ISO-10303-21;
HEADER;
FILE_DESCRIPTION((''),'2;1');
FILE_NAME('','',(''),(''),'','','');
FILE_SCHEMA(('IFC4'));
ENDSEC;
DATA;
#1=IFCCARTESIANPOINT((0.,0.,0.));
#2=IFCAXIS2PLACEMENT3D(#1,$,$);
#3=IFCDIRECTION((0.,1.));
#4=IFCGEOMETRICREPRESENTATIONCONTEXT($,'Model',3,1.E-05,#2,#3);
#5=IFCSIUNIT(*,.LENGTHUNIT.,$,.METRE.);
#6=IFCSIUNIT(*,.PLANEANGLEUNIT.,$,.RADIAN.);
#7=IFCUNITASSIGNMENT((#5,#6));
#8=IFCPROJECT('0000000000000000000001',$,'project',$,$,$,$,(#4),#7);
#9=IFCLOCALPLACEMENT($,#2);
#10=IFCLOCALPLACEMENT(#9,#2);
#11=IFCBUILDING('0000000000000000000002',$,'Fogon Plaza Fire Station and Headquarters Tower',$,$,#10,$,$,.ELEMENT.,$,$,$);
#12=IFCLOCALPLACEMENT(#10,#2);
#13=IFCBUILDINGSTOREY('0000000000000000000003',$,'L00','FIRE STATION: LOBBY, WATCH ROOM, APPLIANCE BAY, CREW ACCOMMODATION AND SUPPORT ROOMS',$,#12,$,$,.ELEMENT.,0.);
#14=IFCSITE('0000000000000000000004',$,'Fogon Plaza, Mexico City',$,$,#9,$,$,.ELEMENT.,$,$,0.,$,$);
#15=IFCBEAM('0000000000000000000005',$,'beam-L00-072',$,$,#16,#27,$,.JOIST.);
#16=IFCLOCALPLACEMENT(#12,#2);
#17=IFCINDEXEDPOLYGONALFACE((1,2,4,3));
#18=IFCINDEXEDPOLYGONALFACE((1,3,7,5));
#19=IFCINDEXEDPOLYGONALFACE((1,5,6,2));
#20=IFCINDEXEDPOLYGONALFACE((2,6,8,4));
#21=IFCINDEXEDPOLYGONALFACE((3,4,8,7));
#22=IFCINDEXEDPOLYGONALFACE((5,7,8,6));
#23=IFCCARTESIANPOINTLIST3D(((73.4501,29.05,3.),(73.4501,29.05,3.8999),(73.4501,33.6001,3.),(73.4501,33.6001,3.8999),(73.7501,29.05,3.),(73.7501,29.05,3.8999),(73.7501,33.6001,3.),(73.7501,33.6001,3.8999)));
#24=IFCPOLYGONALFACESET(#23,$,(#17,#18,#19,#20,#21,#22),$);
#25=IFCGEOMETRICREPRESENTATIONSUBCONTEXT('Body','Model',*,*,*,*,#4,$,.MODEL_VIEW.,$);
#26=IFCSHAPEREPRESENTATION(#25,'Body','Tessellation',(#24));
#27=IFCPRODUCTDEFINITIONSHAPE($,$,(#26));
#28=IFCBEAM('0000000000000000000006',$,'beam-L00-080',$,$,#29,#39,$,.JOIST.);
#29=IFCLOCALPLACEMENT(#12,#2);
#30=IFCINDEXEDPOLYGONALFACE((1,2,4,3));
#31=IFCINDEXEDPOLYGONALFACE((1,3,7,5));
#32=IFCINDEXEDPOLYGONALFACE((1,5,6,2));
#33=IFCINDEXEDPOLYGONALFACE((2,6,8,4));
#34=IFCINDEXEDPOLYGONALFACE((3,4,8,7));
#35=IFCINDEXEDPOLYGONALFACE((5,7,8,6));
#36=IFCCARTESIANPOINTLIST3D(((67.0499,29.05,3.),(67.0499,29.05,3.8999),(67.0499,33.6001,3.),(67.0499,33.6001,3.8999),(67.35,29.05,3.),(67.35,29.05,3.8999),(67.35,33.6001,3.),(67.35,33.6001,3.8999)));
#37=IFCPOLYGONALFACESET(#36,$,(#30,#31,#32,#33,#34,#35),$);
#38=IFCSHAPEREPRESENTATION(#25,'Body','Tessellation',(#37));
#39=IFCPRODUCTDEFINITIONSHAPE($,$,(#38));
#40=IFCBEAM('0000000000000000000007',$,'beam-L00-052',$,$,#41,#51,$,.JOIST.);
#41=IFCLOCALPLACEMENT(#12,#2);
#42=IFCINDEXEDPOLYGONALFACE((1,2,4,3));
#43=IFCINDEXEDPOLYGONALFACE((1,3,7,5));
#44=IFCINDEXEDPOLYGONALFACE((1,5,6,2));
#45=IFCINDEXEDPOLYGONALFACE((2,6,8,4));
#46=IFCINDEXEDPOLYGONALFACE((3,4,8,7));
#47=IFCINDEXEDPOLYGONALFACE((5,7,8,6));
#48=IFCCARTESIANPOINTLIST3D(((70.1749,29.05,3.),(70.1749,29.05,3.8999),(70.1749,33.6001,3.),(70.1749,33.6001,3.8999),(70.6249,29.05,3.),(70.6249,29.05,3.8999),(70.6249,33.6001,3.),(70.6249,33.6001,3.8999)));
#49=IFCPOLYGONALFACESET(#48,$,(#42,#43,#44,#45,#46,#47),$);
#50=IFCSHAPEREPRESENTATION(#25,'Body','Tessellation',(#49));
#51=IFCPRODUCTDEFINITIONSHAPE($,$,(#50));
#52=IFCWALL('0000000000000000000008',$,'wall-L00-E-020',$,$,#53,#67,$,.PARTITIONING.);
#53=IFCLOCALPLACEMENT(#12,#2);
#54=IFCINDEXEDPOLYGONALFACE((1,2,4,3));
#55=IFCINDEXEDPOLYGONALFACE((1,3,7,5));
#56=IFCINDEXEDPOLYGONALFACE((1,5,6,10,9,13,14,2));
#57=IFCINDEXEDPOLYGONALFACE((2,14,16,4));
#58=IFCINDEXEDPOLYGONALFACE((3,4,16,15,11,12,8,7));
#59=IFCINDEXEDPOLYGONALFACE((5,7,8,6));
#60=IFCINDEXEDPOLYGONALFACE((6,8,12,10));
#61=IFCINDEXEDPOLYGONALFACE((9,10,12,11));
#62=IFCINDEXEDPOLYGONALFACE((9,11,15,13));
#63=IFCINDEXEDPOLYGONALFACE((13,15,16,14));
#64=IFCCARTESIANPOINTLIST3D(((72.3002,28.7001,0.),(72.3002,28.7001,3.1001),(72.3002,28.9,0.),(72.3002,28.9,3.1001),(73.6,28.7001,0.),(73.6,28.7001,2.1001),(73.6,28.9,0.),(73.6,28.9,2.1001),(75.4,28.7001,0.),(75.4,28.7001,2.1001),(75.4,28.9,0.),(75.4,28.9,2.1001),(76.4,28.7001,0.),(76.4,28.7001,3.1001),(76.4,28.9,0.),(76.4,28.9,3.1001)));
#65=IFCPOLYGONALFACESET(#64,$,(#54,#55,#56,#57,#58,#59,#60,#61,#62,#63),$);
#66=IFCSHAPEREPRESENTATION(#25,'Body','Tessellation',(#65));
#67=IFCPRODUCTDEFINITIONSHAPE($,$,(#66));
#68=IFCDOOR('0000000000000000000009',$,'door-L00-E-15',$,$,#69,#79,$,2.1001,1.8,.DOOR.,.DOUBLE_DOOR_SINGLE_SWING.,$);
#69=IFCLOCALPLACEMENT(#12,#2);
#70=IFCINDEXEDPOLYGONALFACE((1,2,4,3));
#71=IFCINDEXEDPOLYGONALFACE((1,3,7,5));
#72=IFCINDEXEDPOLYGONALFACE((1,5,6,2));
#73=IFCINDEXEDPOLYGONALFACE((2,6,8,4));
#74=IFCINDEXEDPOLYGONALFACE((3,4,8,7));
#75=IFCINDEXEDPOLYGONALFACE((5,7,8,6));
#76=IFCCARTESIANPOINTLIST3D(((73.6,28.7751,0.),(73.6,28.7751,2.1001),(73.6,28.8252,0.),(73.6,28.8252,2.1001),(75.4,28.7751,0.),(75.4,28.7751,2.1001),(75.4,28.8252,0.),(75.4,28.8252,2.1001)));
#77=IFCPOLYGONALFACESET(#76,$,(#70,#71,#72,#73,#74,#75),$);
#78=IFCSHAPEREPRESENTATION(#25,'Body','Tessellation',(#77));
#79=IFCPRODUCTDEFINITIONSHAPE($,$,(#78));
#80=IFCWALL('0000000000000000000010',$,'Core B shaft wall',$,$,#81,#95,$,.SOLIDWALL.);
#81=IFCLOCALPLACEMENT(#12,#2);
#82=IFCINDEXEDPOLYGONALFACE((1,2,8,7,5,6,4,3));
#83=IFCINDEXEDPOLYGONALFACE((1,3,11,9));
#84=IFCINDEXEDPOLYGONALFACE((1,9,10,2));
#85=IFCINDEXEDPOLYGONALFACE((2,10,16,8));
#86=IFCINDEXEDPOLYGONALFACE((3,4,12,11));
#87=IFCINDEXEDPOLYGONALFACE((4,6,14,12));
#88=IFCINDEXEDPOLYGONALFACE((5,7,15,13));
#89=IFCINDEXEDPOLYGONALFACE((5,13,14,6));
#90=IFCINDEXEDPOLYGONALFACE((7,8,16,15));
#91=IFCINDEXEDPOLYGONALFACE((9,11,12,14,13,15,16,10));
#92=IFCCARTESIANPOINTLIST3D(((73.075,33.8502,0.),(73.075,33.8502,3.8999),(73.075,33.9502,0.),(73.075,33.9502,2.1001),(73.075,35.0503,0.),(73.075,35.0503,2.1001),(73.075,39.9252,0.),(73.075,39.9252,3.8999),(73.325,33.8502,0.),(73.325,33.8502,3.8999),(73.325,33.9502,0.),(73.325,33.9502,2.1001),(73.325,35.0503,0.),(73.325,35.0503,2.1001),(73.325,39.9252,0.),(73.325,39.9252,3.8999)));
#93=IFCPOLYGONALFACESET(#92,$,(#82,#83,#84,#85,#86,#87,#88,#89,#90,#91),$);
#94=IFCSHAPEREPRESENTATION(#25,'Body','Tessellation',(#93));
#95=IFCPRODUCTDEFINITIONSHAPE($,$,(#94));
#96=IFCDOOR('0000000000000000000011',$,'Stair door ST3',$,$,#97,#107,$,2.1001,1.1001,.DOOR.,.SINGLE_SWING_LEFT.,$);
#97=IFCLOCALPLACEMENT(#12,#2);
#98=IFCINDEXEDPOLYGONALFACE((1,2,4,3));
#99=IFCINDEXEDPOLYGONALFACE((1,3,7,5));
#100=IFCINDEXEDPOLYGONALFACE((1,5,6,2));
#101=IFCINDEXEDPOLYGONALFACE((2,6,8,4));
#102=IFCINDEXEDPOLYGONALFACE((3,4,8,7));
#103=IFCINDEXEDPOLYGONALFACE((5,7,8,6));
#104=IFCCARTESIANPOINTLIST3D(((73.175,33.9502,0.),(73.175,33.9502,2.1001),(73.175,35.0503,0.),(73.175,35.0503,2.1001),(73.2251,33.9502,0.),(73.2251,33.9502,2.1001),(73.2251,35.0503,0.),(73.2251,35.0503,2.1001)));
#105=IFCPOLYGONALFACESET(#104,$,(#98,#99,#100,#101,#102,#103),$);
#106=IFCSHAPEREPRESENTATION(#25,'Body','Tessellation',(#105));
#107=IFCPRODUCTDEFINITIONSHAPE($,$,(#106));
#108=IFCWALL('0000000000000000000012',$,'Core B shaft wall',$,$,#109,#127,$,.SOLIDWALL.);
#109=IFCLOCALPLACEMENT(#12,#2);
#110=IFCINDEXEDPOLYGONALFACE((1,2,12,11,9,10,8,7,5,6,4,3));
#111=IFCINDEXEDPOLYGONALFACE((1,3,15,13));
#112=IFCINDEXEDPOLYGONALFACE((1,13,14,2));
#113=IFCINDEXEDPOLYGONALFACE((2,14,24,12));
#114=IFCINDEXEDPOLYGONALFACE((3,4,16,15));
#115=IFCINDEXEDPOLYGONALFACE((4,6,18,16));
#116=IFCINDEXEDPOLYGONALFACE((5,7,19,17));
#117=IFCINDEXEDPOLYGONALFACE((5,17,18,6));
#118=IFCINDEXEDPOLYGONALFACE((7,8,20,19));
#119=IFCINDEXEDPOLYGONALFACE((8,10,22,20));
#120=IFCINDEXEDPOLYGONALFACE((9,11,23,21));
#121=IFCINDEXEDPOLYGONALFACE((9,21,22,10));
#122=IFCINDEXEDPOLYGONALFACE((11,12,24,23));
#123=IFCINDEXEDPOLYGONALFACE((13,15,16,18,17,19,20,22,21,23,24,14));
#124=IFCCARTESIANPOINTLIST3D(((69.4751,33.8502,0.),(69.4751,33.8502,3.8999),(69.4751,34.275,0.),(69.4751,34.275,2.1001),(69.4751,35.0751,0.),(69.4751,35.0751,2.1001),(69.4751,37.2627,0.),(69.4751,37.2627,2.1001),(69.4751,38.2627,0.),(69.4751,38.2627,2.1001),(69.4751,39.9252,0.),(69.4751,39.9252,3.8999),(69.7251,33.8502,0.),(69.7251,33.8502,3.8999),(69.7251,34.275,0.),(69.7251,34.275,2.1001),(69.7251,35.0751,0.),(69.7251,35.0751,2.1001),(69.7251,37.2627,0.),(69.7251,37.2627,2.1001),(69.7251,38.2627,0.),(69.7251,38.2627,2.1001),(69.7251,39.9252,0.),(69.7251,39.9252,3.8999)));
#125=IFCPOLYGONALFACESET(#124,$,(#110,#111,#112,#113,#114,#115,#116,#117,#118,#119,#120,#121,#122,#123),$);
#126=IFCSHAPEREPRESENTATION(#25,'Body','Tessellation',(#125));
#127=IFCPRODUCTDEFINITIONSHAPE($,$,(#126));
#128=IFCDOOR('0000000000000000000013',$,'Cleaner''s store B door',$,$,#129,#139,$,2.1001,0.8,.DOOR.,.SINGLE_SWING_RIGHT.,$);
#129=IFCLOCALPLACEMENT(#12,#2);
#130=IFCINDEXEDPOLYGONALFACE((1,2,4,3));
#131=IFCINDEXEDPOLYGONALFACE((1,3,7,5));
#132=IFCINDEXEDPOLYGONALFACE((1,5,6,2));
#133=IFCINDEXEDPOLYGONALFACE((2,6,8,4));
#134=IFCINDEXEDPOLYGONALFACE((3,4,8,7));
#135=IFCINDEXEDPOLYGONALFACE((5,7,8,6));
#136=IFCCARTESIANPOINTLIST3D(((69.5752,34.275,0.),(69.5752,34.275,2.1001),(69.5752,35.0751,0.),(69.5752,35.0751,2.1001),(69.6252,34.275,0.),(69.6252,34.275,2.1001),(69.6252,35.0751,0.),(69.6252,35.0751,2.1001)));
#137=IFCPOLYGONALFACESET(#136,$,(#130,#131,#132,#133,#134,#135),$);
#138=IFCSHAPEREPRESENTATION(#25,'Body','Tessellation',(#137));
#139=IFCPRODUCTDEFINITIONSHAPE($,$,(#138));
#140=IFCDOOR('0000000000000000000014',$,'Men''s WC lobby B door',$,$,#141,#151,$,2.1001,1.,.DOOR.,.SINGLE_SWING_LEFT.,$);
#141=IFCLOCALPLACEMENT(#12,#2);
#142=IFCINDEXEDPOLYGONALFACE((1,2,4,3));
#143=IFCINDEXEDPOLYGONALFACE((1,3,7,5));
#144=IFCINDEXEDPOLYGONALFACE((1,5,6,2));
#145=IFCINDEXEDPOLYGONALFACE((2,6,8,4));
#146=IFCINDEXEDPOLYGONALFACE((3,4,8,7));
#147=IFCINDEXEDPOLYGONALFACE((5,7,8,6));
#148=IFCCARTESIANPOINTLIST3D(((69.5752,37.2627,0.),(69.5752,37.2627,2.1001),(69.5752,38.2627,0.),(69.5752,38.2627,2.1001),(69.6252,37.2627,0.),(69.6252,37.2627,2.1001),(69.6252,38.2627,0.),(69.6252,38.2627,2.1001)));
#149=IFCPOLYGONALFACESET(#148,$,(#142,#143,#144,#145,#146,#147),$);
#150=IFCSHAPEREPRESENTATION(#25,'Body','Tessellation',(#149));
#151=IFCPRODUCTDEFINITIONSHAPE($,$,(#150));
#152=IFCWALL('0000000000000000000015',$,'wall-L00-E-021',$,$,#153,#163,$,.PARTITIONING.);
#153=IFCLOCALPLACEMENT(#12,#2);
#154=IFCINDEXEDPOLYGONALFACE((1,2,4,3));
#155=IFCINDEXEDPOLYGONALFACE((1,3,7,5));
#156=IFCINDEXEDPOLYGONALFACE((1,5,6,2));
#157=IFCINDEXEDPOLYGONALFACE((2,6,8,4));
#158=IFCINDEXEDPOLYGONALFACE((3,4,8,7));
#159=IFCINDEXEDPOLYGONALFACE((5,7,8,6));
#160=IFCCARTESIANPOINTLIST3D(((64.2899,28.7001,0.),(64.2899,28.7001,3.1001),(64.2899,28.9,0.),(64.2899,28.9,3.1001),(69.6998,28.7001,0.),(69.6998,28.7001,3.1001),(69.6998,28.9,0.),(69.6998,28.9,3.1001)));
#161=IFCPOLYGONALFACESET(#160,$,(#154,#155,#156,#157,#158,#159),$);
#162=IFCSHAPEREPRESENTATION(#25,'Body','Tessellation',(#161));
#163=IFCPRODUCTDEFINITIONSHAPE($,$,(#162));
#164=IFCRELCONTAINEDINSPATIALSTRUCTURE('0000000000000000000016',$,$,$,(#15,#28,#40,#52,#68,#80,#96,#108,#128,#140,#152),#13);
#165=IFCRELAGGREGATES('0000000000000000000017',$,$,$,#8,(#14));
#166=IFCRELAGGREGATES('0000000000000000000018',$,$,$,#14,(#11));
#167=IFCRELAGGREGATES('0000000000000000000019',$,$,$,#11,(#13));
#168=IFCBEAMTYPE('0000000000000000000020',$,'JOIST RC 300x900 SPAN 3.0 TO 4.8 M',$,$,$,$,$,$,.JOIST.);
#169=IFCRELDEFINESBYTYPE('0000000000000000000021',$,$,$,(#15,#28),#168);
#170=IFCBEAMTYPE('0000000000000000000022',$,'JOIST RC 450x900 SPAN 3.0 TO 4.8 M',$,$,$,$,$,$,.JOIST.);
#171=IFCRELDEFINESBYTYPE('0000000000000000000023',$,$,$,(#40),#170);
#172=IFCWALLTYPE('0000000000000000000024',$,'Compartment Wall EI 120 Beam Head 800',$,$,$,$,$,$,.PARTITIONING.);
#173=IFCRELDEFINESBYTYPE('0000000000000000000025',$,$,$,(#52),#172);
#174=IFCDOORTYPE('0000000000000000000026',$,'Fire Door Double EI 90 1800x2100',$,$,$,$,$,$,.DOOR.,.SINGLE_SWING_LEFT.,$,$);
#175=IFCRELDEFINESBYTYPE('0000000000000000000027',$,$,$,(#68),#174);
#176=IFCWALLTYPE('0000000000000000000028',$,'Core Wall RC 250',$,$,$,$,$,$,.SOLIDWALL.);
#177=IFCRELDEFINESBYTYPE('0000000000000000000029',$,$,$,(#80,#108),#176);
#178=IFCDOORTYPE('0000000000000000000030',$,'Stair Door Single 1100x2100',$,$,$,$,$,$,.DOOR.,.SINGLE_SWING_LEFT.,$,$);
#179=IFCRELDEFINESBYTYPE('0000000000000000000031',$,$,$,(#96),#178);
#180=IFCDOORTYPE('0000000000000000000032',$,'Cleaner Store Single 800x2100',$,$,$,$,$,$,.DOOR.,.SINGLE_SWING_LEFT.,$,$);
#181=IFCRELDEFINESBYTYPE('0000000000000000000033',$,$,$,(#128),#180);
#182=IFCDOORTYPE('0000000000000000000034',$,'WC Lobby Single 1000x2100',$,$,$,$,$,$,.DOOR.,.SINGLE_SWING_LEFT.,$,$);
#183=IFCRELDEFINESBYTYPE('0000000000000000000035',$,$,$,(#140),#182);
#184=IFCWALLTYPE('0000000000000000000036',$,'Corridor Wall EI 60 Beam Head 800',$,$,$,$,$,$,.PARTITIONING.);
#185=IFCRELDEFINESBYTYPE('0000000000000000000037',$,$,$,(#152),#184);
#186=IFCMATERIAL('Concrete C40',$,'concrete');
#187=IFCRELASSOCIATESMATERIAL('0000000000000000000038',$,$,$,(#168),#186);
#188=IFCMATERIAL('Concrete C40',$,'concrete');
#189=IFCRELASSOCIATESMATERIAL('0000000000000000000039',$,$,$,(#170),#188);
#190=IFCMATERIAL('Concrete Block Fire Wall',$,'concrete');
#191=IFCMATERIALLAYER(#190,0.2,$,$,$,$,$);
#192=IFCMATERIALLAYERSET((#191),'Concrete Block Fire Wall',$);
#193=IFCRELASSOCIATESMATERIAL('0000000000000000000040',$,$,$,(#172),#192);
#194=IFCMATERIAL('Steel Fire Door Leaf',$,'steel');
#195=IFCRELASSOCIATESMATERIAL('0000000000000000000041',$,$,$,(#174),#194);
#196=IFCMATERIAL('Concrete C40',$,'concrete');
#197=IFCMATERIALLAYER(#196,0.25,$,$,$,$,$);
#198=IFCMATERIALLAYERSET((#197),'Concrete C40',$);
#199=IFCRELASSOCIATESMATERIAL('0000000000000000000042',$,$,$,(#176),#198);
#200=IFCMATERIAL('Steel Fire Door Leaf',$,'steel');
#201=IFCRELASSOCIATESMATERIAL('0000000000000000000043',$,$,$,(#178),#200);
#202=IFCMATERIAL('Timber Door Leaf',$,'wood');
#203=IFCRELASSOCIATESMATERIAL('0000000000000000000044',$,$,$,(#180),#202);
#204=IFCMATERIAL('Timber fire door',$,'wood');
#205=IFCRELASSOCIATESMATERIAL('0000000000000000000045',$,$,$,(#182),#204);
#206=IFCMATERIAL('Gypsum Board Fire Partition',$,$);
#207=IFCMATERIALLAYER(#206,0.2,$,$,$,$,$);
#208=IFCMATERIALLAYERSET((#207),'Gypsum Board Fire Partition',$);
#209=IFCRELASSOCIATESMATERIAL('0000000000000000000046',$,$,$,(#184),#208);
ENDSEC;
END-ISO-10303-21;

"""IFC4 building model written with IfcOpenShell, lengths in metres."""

from ifc_helpers import new_model, si_unit, direction, frame, frame_2d, origin, origin_2d, place, context, subcontext, project, spatial, rectangle, extrude, material, layer, layer_set, material_profile, profile_set, type_object, element, fill, save


model = new_model("IFC4")

# Units and contexts
model_context = context("Model", 3, precision=1e-05, world=origin(), true_north=direction((0.0, 1.0)))
body_context = subcontext(model_context, "Body", "Model", "MODEL_VIEW")
ifc_project = project(units=[si_unit("LENGTHUNIT", "METRE"), si_unit("PLANEANGLEUNIT", "RADIAN")], contexts=[model_context])

# Site, building, storey
site_placement = place(None, origin())
site = spatial("IfcSite", under=ifc_project, at=site_placement, Name="Fogon Plaza, Mexico City", CompositionType="ELEMENT", RefElevation=0.0)
building_placement = place(site_placement, origin())
building = spatial("IfcBuilding", under=site, at=building_placement, Name="Fogon Plaza Fire Station and Headquarters Tower", CompositionType="ELEMENT")
storey_placement = place(building_placement, origin())
storey = spatial("IfcBuildingStorey", under=building, at=storey_placement, Name="L00", Description="FIRE STATION: LOBBY, WATCH ROOM, APPLIANCE BAY, CREW ACCOMMODATION AND SUPPORT ROOMS", CompositionType="ELEMENT", Elevation=0.0)

# Beams
ifc_material_1 = material(Name="Concrete C40", Category="concrete")
ifc_material_profile_1 = material_profile(ifc_material_1, rectangle(XDim=0.3, YDim=0.8999, at=origin_2d()), Name="RC 300x900")
ifc_profile_set_1 = profile_set([ifc_material_profile_1], Name="Concrete C40")
beam_type_1 = type_object("IfcBeamType", Name="JOIST RC 300x900 SPAN 3.0 TO 4.8 M", PredefinedType="JOIST", material=ifc_profile_set_1)
for number, where, z_axis, x_axis, name in (
    (1, (73.6001, 29.05, 3.45), (0.0, 1.0, 0.0), (-1.0, 0.0, 0.0), "beam-L00-072"),
    (2, (67.2, 29.05, 3.45), (0.0, 1.0, 0.0), (-1.0, 0.0, 0.0), "beam-L00-080"),
):
    element("IfcBeam", number, at=place(storey_placement, frame(where, z_axis=z_axis, x_axis=x_axis)), inside=storey, type_object=beam_type_1, Name=name, PredefinedType="JOIST", context=body_context, shape_type="SweptSolid", body=[
        extrude(rectangle(XDim=0.3, YDim=0.8999, at=origin_2d()), origin(), (0.0, 0.0, 1.0), 4.55),
    ])
ifc_material_2 = material(Name="Concrete C40", Category="concrete")
ifc_material_profile_2 = material_profile(ifc_material_2, rectangle(XDim=0.45, YDim=0.8999, at=origin_2d()), Name="RC 450x900")
ifc_profile_set_2 = profile_set([ifc_material_profile_2], Name="Concrete C40")
beam_type_2 = type_object("IfcBeamType", Name="JOIST RC 450x900 SPAN 3.0 TO 4.8 M", PredefinedType="JOIST", material=ifc_profile_set_2)
beam_placement = place(storey_placement, frame((70.3999, 29.05, 3.45), z_axis=(0.0, 1.0, 0.0), x_axis=(-1.0, 0.0, 0.0)))
element("IfcBeam", 3, at=beam_placement, inside=storey, type_object=beam_type_2, Name="beam-L00-052", PredefinedType="JOIST", context=body_context, shape_type="SweptSolid", body=[
    extrude(rectangle(XDim=0.45, YDim=0.8999, at=origin_2d()), origin(), (0.0, 0.0, 1.0), 4.55),
])

# Walls, openings, doors
ifc_material_3 = material(Name="Concrete Block Fire Wall", Category="concrete")
ifc_layer_1 = layer(ifc_material_3, 0.2)
ifc_layer_set_1 = layer_set([ifc_layer_1], Name="Concrete Block Fire Wall")
wall_type_1 = type_object("IfcWallType", Name="Compartment Wall EI 120 Beam Head 800", PredefinedType="PARTITIONING", material=ifc_layer_set_1)
wall_1_placement = place(storey_placement, frame((76.3999, 28.8, 0.0), z_axis=(0.0, 0.0, 1.0), x_axis=(-1.0, 0.0, 0.0)))
wall_1 = element("IfcWall", 4, at=wall_1_placement, inside=storey, type_object=wall_type_1, Name="wall-L00-E-020", PredefinedType="PARTITIONING", context=body_context, shape_type="SweptSolid", body=[
    extrude(rectangle(XDim=4.0999, YDim=0.2, at=frame_2d((2.0498, 0.0))), origin(), (0.0, 0.0, 1.0), 3.1001),
])
opening_1_placement = place(wall_1_placement, frame((1.0, 0.0, 0.0)))
opening_1 = element("IfcOpeningElement", 5, at=opening_1_placement, cuts=wall_1, PredefinedType="OPENING", context=body_context, shape_type="SweptSolid", body=[
    extrude(rectangle(XDim=1.8, YDim=2.1001, at=frame_2d((0.8999, 1.05))), frame((0.0, 0.1099, 0.0), z_axis=(0.0, -1.0, 0.0), x_axis=(1.0, 0.0, 0.0)), (0.0, 0.0, 1.0), 0.22),
])
ifc_material_4 = material(Name="Steel Fire Door Leaf", Category="steel")
door_type_1 = type_object("IfcDoorType", Name="Fire Door Double EI 90 1800x2100", OperationType="SINGLE_SWING_LEFT", PredefinedType="DOOR", material=ifc_material_4)
door_1_placement = place(opening_1_placement, origin())
door_1 = element("IfcDoor", 6, at=door_1_placement, inside=storey, type_object=door_type_1, Name="door-L00-E-15", OperationType="DOUBLE_DOOR_SINGLE_SWING", OverallHeight=2.1001, OverallWidth=1.8, PredefinedType="DOOR", context=body_context, shape_type="SweptSolid", body=[
    extrude(rectangle(XDim=1.8, YDim=2.1001, at=frame_2d((0.8999, 1.05))), frame((0.0, 0.0249, 0.0), z_axis=(0.0, -1.0, 0.0), x_axis=(1.0, 0.0, 0.0)), (0.0, 0.0, 1.0), 0.05),
])
fill(opening_1, door_1)
ifc_material_5 = material(Name="Concrete C40", Category="concrete")
ifc_layer_2 = layer(ifc_material_5, 0.25)
ifc_layer_set_2 = layer_set([ifc_layer_2], Name="Concrete C40")
wall_type_2 = type_object("IfcWallType", Name="Core Wall RC 250", PredefinedType="SOLIDWALL", material=ifc_layer_set_2)
wall_2_placement = place(storey_placement, frame((73.2, 33.8501, 0.0), z_axis=(0.0, 0.0, 1.0), x_axis=(0.0, 1.0, 0.0)))
wall_2 = element("IfcWall", 7, at=wall_2_placement, inside=storey, type_object=wall_type_2, Name="Core B shaft wall", PredefinedType="SOLIDWALL", context=body_context, shape_type="SweptSolid", body=[
    extrude(rectangle(XDim=6.075, YDim=0.25, at=frame_2d((3.0376, 0.0))), origin(), (0.0, 0.0, 1.0), 3.8999),
])
opening_2_placement = place(wall_2_placement, frame((0.1001, 0.0, 0.0)))
opening_2 = element("IfcOpeningElement", 8, at=opening_2_placement, cuts=wall_2, PredefinedType="OPENING", context=body_context, shape_type="SweptSolid", body=[
    extrude(rectangle(XDim=1.1001, YDim=2.1001, at=frame_2d((0.55, 1.05))), frame((0.0, 0.135, 0.0), z_axis=(0.0, -1.0, 0.0), x_axis=(1.0, 0.0, 0.0)), (0.0, 0.0, 1.0), 0.27),
])
ifc_material_6 = material(Name="Steel Fire Door Leaf", Category="steel")
door_type_2 = type_object("IfcDoorType", Name="Stair Door Single 1100x2100", OperationType="SINGLE_SWING_LEFT", PredefinedType="DOOR", material=ifc_material_6)
door_2_placement = place(opening_2_placement, origin())
door_2 = element("IfcDoor", 9, at=door_2_placement, inside=storey, type_object=door_type_2, Name="Stair door ST3", OperationType="SINGLE_SWING_LEFT", OverallHeight=2.1001, OverallWidth=1.1001, PredefinedType="DOOR", context=body_context, shape_type="SweptSolid", body=[
    extrude(rectangle(XDim=1.1001, YDim=2.1001, at=frame_2d((0.55, 1.05))), frame((0.0, 0.0249, 0.0), z_axis=(0.0, -1.0, 0.0), x_axis=(1.0, 0.0, 0.0)), (0.0, 0.0, 1.0), 0.05),
])
fill(opening_2, door_2)

# Wall, openings, doors
wall_3_placement = place(storey_placement, frame((69.6001, 33.8501, 0.0), z_axis=(0.0, 0.0, 1.0), x_axis=(0.0, 1.0, 0.0)))
wall_3 = element("IfcWall", 10, at=wall_3_placement, inside=storey, type_object=wall_type_2, Name="Core B shaft wall", PredefinedType="SOLIDWALL", context=body_context, shape_type="SweptSolid", body=[
    extrude(rectangle(XDim=6.075, YDim=0.25, at=frame_2d((3.0376, 0.0))), origin(), (0.0, 0.0, 1.0), 3.8999),
])
opening_3_placement = place(wall_3_placement, frame((0.425, 0.0, 0.0)))
opening_3 = element("IfcOpeningElement", 11, at=opening_3_placement, cuts=wall_3, PredefinedType="OPENING", context=body_context, shape_type="SweptSolid", body=[
    extrude(rectangle(XDim=0.8, YDim=2.1001, at=frame_2d((0.3999, 1.05))), frame((0.0, 0.135, 0.0), z_axis=(0.0, -1.0, 0.0), x_axis=(1.0, 0.0, 0.0)), (0.0, 0.0, 1.0), 0.27),
])
opening_4_placement = place(wall_3_placement, frame((3.4126, 0.0, 0.0)))
opening_4 = element("IfcOpeningElement", 12, at=opening_4_placement, cuts=wall_3, PredefinedType="OPENING", context=body_context, shape_type="SweptSolid", body=[
    extrude(rectangle(XDim=1.0, YDim=2.1001, at=frame_2d((0.5, 1.05))), frame((0.0, 0.135, 0.0), z_axis=(0.0, -1.0, 0.0), x_axis=(1.0, 0.0, 0.0)), (0.0, 0.0, 1.0), 0.27),
])
ifc_material_7 = material(Name="Timber Door Leaf", Category="wood")
door_type_3 = type_object("IfcDoorType", Name="Cleaner Store Single 800x2100", OperationType="SINGLE_SWING_LEFT", PredefinedType="DOOR", material=ifc_material_7)
door_3_placement = place(opening_3_placement, origin())
door_3 = element("IfcDoor", 13, at=door_3_placement, inside=storey, type_object=door_type_3, Name="Cleaner's store B door", OperationType="SINGLE_SWING_RIGHT", OverallHeight=2.1001, OverallWidth=0.8, PredefinedType="DOOR", context=body_context, shape_type="SweptSolid", body=[
    extrude(rectangle(XDim=0.8, YDim=2.1001, at=frame_2d((0.3999, 1.05))), frame((0.0, 0.0249, 0.0), z_axis=(0.0, -1.0, 0.0), x_axis=(1.0, 0.0, 0.0)), (0.0, 0.0, 1.0), 0.05),
])
fill(opening_3, door_3)
ifc_material_8 = material(Name="Timber fire door", Category="wood")
door_type_4 = type_object("IfcDoorType", Name="WC Lobby Single 1000x2100", OperationType="SINGLE_SWING_LEFT", PredefinedType="DOOR", material=ifc_material_8)
door_4_placement = place(opening_4_placement, origin())
door_4 = element("IfcDoor", 14, at=door_4_placement, inside=storey, type_object=door_type_4, Name="Men's WC lobby B door", OperationType="SINGLE_SWING_LEFT", OverallHeight=2.1001, OverallWidth=1.0, PredefinedType="DOOR", context=body_context, shape_type="SweptSolid", body=[
    extrude(rectangle(XDim=1.0, YDim=2.1001, at=frame_2d((0.5, 1.05))), frame((0.0, 0.0249, 0.0), z_axis=(0.0, -1.0, 0.0), x_axis=(1.0, 0.0, 0.0)), (0.0, 0.0, 1.0), 0.05),
])
fill(opening_4, door_4)

# Wall
ifc_material_9 = material(Name="Gypsum Board Fire Partition")
ifc_layer_3 = layer(ifc_material_9, 0.2)
ifc_layer_set_3 = layer_set([ifc_layer_3], Name="Gypsum Board Fire Partition")
wall_type_3 = type_object("IfcWallType", Name="Corridor Wall EI 60 Beam Head 800", PredefinedType="PARTITIONING", material=ifc_layer_set_3)
wall_4_placement = place(storey_placement, frame((69.7, 28.8, 0.0), z_axis=(0.0, 0.0, 1.0), x_axis=(-1.0, 0.0, 0.0)))
element("IfcWall", 15, at=wall_4_placement, inside=storey, type_object=wall_type_3, Name="wall-L00-E-021", PredefinedType="PARTITIONING", context=body_context, shape_type="SweptSolid", body=[
    extrude(rectangle(XDim=5.4099, YDim=0.2, at=frame_2d((2.7051, 0.0))), origin(), (0.0, 0.0, 1.0), 3.1001),
])

save(model, "model.ifc")
